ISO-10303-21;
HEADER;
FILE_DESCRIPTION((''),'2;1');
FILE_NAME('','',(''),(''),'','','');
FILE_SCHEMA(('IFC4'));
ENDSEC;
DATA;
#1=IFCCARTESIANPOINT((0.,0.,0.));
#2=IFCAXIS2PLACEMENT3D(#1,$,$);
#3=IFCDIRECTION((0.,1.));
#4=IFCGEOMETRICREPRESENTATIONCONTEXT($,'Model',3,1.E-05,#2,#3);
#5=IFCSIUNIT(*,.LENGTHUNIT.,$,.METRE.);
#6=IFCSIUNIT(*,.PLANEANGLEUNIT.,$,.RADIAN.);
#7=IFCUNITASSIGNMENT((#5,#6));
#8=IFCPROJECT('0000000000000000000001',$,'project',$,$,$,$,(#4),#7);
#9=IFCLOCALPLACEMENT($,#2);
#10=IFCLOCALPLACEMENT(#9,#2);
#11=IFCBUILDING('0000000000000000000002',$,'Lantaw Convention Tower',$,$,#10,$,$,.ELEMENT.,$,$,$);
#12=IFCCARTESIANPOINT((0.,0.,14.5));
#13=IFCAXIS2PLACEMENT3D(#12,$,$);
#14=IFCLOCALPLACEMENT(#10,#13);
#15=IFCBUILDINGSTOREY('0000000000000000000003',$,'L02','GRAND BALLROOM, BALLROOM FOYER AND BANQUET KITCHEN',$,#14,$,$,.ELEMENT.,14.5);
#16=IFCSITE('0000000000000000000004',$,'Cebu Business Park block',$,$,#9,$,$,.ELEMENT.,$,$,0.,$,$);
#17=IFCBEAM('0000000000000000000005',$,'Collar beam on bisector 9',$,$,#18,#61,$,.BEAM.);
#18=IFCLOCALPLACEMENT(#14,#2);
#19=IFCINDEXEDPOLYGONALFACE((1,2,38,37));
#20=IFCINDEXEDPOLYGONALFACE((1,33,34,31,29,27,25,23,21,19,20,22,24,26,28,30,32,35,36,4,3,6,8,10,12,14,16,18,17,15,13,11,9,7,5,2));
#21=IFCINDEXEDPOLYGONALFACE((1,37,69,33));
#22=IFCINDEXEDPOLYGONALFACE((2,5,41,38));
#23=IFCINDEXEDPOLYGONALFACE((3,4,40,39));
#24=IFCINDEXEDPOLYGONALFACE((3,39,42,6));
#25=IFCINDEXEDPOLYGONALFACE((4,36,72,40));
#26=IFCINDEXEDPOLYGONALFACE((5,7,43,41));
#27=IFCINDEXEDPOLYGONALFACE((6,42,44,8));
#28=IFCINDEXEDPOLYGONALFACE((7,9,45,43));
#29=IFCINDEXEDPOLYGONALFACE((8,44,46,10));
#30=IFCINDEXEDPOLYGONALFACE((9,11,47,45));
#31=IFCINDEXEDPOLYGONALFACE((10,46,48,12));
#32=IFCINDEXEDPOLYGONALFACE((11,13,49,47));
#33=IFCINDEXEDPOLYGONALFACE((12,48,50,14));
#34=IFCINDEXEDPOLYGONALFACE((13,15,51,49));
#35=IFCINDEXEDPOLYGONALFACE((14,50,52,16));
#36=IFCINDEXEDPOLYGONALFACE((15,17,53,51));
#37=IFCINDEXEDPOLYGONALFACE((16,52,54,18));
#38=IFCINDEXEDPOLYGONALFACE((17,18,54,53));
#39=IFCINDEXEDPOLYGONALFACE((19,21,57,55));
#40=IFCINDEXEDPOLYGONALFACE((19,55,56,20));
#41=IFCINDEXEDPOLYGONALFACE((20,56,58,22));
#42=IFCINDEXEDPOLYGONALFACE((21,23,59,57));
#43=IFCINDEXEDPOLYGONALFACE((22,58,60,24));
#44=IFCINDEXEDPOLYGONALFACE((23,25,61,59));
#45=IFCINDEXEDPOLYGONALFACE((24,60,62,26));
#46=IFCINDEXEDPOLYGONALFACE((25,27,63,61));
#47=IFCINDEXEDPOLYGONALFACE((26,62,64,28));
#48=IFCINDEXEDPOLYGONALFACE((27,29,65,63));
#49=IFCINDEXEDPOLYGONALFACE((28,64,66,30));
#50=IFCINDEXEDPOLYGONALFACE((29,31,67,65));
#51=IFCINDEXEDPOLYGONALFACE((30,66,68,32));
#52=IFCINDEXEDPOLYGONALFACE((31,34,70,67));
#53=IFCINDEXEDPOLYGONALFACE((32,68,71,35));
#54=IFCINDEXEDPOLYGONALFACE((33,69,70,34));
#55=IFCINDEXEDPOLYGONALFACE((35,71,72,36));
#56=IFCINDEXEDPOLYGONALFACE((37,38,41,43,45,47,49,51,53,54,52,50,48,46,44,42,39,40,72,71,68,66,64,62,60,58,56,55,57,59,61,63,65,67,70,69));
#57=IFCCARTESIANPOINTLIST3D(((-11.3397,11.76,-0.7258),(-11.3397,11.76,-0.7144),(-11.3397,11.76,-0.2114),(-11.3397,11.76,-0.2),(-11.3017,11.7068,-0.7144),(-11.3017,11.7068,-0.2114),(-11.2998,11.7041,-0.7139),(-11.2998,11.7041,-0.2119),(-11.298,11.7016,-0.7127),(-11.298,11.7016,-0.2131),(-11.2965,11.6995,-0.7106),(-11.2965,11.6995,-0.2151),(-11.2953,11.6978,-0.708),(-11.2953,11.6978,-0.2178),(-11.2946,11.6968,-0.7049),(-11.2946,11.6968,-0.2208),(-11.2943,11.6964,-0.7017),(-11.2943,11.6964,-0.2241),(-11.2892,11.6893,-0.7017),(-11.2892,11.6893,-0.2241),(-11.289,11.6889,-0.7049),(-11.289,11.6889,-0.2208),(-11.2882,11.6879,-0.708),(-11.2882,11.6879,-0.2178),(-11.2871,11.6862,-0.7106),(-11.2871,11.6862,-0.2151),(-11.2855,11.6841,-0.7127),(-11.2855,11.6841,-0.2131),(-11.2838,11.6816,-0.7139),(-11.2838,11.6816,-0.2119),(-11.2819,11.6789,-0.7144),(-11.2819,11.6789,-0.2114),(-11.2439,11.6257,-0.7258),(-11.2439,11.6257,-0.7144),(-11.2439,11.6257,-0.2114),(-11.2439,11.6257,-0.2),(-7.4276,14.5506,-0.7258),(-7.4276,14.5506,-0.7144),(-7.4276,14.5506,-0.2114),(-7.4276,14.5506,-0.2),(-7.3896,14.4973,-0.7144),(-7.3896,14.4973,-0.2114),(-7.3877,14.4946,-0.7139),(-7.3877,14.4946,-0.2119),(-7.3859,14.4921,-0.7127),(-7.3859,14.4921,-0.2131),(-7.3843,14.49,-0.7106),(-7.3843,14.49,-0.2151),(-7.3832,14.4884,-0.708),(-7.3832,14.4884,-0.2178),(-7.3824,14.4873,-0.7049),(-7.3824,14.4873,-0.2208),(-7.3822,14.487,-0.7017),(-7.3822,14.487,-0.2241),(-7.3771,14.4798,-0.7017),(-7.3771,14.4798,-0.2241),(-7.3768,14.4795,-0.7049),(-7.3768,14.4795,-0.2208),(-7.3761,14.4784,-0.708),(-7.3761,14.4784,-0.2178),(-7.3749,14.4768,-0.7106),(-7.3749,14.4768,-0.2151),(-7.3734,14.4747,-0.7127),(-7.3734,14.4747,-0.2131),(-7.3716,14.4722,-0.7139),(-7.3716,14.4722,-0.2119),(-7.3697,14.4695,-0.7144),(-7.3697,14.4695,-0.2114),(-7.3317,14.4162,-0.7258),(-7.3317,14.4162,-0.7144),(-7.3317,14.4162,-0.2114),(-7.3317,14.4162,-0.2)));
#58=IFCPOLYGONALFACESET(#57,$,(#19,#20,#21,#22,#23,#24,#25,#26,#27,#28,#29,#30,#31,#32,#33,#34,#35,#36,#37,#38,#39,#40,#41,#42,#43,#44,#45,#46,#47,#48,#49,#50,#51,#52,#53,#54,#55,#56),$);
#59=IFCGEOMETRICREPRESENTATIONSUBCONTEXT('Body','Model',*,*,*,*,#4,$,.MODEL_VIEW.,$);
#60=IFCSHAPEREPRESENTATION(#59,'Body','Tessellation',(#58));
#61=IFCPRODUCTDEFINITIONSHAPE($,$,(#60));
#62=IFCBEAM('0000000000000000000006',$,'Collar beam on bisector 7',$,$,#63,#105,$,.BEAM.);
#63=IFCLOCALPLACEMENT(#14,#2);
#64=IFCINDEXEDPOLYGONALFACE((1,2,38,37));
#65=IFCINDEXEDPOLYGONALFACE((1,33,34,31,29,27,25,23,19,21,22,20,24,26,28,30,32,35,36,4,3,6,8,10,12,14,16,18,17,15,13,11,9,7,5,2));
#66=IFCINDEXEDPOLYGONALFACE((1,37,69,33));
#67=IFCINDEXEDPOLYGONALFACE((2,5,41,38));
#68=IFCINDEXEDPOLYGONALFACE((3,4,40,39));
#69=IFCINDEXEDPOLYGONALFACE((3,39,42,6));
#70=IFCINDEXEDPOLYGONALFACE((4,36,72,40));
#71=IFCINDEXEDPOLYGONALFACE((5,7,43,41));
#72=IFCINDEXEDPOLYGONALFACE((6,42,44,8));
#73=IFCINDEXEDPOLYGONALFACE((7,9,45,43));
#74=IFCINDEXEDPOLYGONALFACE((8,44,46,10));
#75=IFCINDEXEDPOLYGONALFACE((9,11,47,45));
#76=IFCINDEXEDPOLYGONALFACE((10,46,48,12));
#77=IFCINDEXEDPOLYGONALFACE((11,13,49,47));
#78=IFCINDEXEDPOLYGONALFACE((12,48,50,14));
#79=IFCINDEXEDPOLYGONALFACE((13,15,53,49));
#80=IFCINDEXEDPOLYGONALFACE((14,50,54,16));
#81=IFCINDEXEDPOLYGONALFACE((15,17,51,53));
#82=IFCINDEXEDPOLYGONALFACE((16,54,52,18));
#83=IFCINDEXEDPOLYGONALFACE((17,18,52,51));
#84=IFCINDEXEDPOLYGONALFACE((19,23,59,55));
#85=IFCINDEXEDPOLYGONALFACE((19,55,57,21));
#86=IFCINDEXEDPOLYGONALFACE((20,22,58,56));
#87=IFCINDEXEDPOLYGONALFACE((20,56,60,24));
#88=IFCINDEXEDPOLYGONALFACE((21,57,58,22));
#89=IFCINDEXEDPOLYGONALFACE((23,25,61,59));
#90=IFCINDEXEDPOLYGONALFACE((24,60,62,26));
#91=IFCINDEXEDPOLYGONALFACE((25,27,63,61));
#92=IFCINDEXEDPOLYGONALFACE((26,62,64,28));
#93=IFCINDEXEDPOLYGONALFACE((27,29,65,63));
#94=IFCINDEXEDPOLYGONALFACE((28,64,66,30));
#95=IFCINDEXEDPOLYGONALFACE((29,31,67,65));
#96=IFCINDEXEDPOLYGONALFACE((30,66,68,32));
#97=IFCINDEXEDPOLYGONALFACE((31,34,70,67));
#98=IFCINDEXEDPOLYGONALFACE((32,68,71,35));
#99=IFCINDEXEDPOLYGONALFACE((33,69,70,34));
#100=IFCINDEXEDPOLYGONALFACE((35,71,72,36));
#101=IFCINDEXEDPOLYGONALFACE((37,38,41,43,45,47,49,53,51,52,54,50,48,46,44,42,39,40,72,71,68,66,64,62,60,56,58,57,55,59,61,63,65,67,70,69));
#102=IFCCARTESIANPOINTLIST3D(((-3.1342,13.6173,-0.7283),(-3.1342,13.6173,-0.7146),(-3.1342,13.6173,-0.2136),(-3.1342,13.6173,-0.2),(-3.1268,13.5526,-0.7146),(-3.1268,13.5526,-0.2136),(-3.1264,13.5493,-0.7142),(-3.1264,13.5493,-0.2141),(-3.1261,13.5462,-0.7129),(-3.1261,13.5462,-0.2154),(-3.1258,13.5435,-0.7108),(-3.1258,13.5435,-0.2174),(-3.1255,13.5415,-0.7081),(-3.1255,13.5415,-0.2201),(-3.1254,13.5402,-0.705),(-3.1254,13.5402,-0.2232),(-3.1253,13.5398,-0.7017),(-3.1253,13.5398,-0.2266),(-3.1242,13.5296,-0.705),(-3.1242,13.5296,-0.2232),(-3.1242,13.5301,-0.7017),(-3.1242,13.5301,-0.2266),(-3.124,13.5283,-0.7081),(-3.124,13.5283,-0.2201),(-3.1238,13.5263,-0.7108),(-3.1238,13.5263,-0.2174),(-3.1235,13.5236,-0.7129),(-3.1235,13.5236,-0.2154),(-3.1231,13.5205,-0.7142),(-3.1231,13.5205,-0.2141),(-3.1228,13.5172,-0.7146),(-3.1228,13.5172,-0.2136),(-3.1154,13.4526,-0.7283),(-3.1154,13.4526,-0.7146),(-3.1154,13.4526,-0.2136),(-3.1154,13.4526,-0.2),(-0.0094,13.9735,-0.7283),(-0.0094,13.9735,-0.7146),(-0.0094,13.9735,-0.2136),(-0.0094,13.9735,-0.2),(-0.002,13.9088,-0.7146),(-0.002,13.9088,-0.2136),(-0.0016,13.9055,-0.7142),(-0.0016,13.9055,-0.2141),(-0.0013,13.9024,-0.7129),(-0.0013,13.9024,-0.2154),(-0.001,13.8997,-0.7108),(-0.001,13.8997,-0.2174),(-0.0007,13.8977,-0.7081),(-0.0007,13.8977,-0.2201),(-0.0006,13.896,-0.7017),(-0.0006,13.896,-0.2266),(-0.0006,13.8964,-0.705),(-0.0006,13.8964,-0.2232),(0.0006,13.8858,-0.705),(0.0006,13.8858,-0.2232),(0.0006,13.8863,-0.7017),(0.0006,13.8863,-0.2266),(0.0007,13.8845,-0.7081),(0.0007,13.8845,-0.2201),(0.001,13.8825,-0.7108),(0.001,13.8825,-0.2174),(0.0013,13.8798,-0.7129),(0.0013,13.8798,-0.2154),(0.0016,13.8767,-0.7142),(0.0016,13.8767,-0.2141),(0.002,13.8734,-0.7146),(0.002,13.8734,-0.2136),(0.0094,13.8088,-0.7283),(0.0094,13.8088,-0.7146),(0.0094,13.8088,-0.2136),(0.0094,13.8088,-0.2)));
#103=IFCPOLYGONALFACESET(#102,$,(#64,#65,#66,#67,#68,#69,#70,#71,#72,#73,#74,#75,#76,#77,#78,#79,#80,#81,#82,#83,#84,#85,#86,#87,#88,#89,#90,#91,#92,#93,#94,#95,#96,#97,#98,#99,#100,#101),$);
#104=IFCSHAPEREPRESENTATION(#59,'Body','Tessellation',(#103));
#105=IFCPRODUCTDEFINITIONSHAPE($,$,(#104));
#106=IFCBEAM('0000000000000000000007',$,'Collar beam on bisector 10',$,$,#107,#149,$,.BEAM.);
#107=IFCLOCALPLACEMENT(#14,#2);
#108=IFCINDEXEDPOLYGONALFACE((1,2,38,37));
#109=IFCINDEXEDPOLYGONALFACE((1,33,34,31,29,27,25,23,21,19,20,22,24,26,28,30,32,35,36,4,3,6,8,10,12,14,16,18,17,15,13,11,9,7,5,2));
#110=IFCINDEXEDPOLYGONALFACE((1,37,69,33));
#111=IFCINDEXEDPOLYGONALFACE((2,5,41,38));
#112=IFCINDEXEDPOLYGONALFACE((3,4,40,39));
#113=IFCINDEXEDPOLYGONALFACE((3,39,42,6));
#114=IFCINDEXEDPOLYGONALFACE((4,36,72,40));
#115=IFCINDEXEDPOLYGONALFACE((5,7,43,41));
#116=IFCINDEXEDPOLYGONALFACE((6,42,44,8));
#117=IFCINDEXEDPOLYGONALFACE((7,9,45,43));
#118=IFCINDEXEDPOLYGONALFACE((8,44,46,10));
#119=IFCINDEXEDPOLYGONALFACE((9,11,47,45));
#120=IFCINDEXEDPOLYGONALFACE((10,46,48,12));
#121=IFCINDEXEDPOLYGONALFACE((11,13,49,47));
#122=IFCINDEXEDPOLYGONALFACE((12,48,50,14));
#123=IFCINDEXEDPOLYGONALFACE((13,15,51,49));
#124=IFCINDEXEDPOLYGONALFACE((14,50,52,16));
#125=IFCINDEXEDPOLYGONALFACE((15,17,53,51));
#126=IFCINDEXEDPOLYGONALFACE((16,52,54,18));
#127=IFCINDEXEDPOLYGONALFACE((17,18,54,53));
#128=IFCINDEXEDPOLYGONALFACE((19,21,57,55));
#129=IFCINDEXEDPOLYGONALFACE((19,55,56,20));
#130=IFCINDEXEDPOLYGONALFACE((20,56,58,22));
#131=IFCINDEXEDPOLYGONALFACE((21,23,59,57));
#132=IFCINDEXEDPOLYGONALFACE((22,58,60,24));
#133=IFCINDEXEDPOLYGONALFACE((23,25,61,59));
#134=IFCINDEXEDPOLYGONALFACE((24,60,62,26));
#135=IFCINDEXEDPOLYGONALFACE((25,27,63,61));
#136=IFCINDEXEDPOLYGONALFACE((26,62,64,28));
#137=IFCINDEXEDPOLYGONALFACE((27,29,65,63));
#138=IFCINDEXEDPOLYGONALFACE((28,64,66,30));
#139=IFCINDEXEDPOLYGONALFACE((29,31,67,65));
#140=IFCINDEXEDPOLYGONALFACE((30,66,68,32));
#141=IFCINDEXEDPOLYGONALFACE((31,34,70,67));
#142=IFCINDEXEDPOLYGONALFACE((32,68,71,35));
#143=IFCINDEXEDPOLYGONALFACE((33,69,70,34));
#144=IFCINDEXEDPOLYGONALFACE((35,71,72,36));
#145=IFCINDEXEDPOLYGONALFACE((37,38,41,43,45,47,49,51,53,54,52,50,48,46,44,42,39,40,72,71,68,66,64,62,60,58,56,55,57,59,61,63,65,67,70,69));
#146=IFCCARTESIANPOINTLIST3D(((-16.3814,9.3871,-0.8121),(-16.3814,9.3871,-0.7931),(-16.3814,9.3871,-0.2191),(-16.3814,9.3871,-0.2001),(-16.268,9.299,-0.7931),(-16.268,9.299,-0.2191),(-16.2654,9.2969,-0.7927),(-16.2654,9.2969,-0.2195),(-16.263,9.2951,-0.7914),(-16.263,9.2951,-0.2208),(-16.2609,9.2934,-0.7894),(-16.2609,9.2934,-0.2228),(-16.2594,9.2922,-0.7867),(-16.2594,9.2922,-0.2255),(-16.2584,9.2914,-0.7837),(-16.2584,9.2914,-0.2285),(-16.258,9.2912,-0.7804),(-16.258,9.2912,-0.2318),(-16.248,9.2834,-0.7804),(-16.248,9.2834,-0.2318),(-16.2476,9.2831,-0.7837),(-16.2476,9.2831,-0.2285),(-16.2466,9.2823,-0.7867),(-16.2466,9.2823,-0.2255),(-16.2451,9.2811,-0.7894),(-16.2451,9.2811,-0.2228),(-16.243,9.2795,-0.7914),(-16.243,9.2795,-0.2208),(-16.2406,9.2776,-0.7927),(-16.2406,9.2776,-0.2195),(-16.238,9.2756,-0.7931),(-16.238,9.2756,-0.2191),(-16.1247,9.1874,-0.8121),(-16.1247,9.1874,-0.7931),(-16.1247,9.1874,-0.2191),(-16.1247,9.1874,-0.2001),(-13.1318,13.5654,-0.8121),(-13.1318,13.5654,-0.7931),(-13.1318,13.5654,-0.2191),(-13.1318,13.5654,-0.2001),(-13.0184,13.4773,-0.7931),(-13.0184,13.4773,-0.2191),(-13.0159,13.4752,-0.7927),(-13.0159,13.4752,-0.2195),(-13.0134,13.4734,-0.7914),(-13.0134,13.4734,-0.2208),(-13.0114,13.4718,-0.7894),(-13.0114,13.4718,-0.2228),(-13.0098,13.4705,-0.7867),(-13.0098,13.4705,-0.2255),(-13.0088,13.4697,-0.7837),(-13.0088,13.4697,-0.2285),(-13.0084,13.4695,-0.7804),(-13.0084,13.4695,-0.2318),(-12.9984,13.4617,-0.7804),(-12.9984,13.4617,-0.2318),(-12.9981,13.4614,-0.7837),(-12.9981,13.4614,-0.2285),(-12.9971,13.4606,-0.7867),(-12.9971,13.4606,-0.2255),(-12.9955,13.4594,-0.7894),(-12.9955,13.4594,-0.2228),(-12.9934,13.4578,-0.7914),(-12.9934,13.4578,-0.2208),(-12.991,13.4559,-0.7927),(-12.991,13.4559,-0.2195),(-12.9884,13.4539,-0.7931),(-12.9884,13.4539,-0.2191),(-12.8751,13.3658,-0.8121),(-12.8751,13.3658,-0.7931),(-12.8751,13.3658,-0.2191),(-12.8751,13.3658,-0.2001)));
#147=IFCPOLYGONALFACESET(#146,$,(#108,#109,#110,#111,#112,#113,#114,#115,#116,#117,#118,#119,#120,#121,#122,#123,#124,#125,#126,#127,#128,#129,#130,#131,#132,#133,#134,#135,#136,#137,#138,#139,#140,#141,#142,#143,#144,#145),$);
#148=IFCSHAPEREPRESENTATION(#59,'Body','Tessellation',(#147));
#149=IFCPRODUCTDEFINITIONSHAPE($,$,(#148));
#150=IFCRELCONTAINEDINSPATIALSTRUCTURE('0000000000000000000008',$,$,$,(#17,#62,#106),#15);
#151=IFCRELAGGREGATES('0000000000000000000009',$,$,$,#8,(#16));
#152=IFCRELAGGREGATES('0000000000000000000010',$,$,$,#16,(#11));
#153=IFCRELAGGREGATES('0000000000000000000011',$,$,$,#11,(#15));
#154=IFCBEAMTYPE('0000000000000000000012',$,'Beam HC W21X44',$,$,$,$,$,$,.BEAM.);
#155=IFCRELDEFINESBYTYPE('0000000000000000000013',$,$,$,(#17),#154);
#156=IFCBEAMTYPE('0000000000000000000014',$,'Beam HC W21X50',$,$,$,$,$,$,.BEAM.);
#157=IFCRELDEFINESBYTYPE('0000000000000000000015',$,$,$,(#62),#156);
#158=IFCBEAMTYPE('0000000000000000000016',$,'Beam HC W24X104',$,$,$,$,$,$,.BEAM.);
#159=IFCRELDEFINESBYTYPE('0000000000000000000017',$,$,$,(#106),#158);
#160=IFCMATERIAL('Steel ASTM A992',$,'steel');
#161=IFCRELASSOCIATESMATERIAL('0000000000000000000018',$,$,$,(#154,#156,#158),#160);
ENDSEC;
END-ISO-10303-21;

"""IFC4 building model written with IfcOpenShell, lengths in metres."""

from ifc_helpers import new_model, si_unit, direction, frame, origin, origin_2d, place, context, subcontext, project, spatial, i_section, extrude, material, material_profile, profile_set, type_object, element, save


model = new_model("IFC4")

# Units and contexts
model_context = context("Model", 3, precision=1e-05, world=origin(), true_north=direction((0.0, 1.0)))
body_context = subcontext(model_context, "Body", "Model", "MODEL_VIEW")
ifc_project = project(units=[si_unit("LENGTHUNIT", "METRE"), si_unit("PLANEANGLEUNIT", "RADIAN")], contexts=[model_context])

# Site, building, storey
site_placement = place(None, origin())
site = spatial("IfcSite", under=ifc_project, at=site_placement, Name="Cebu Business Park block", CompositionType="ELEMENT", RefElevation=0.0)
building_placement = place(site_placement, origin())
building = spatial("IfcBuilding", under=site, at=building_placement, Name="Lantaw Convention Tower", CompositionType="ELEMENT")
storey_placement = place(building_placement, frame((0.0, 0.0, 14.5)))
storey = spatial("IfcBuildingStorey", under=building, at=storey_placement, Name="L02", Description="GRAND BALLROOM, BALLROOM FOYER AND BANQUET KITCHEN", CompositionType="ELEMENT", Elevation=14.5)

# Beams
ifc_material_1 = material(Name="Steel ASTM A992", Category="steel")
ifc_material_profile_1 = material_profile(ifc_material_1, i_section(OverallWidth=0.165, OverallDepth=0.5259, WebThickness=0.0088, FlangeThickness=0.0115, FilletRadius=0.0127, at=origin_2d()), Name="W21X44")
ifc_profile_set_1 = profile_set([ifc_material_profile_1], Name="Steel ASTM A992")
beam_type_1 = type_object("IfcBeamType", Name="Beam HC W21X44", PredefinedType="BEAM", material=ifc_profile_set_1)
beam_1_placement = place(storey_placement, frame((-7.3796, 14.4834, -0.4629), z_axis=(-0.814111, -0.580709, 0.0), x_axis=(0.580709, -0.814111, 0.0)))
element("IfcBeam", 1, at=beam_1_placement, inside=storey, type_object=beam_type_1, Name="Collar beam on bisector 9", PredefinedType="BEAM", context=body_context, shape_type="SweptSolid", body=[
    extrude(i_section(OverallWidth=0.165, OverallDepth=0.5259, WebThickness=0.0088, FlangeThickness=0.0115, FilletRadius=0.0127, at=origin_2d()), origin(), (0.0, 0.0, 1.0), 4.8054),
])
ifc_material_profile_2 = material_profile(ifc_material_1, i_section(OverallWidth=0.1658, OverallDepth=0.5283, WebThickness=0.0098, FlangeThickness=0.0137, FilletRadius=0.0129, at=origin_2d()), Name="W21X50")
ifc_profile_set_2 = profile_set([ifc_material_profile_2], Name="Steel ASTM A992")
beam_type_2 = type_object("IfcBeamType", Name="Beam HC W21X50", PredefinedType="BEAM", material=ifc_profile_set_2)
beam_2_placement = place(storey_placement, frame((0.0, 13.8911, -0.4641), z_axis=(-0.993565, -0.11326, 0.0), x_axis=(0.11326, -0.993565, 0.0)))
element("IfcBeam", 2, at=beam_2_placement, inside=storey, type_object=beam_type_2, Name="Collar beam on bisector 7", PredefinedType="BEAM", context=body_context, shape_type="SweptSolid", body=[
    extrude(i_section(OverallWidth=0.1658, OverallDepth=0.5283, WebThickness=0.0098, FlangeThickness=0.0137, FilletRadius=0.0129, at=origin_2d()), origin(), (0.0, 0.0, 1.0), 3.145),
])
ifc_material_profile_3 = material_profile(ifc_material_1, i_section(OverallWidth=0.3252, OverallDepth=0.6121, WebThickness=0.0127, FlangeThickness=0.019, FilletRadius=0.0127, at=origin_2d()), Name="W24X104")
ifc_profile_set_3 = profile_set([ifc_material_profile_3], Name="Steel ASTM A992")
beam_type_3 = type_object("IfcBeamType", Name="Beam HC W24X104", PredefinedType="BEAM", material=ifc_profile_set_3)
beam_3_placement = place(storey_placement, frame((-13.0034, 13.4656, -0.5061), z_axis=(-0.613915, -0.789372, 0.0), x_axis=(0.789372, -0.613915, 0.0)))
element("IfcBeam", 3, at=beam_3_placement, inside=storey, type_object=beam_type_3, Name="Collar beam on bisector 10", PredefinedType="BEAM", context=body_context, shape_type="SweptSolid", body=[
    extrude(i_section(OverallWidth=0.3252, OverallDepth=0.6121, WebThickness=0.0127, FlangeThickness=0.019, FilletRadius=0.0127, at=origin_2d()), origin(), (0.0, 0.0, 1.0), 5.2932),
])

save(model, "model.ifc")
